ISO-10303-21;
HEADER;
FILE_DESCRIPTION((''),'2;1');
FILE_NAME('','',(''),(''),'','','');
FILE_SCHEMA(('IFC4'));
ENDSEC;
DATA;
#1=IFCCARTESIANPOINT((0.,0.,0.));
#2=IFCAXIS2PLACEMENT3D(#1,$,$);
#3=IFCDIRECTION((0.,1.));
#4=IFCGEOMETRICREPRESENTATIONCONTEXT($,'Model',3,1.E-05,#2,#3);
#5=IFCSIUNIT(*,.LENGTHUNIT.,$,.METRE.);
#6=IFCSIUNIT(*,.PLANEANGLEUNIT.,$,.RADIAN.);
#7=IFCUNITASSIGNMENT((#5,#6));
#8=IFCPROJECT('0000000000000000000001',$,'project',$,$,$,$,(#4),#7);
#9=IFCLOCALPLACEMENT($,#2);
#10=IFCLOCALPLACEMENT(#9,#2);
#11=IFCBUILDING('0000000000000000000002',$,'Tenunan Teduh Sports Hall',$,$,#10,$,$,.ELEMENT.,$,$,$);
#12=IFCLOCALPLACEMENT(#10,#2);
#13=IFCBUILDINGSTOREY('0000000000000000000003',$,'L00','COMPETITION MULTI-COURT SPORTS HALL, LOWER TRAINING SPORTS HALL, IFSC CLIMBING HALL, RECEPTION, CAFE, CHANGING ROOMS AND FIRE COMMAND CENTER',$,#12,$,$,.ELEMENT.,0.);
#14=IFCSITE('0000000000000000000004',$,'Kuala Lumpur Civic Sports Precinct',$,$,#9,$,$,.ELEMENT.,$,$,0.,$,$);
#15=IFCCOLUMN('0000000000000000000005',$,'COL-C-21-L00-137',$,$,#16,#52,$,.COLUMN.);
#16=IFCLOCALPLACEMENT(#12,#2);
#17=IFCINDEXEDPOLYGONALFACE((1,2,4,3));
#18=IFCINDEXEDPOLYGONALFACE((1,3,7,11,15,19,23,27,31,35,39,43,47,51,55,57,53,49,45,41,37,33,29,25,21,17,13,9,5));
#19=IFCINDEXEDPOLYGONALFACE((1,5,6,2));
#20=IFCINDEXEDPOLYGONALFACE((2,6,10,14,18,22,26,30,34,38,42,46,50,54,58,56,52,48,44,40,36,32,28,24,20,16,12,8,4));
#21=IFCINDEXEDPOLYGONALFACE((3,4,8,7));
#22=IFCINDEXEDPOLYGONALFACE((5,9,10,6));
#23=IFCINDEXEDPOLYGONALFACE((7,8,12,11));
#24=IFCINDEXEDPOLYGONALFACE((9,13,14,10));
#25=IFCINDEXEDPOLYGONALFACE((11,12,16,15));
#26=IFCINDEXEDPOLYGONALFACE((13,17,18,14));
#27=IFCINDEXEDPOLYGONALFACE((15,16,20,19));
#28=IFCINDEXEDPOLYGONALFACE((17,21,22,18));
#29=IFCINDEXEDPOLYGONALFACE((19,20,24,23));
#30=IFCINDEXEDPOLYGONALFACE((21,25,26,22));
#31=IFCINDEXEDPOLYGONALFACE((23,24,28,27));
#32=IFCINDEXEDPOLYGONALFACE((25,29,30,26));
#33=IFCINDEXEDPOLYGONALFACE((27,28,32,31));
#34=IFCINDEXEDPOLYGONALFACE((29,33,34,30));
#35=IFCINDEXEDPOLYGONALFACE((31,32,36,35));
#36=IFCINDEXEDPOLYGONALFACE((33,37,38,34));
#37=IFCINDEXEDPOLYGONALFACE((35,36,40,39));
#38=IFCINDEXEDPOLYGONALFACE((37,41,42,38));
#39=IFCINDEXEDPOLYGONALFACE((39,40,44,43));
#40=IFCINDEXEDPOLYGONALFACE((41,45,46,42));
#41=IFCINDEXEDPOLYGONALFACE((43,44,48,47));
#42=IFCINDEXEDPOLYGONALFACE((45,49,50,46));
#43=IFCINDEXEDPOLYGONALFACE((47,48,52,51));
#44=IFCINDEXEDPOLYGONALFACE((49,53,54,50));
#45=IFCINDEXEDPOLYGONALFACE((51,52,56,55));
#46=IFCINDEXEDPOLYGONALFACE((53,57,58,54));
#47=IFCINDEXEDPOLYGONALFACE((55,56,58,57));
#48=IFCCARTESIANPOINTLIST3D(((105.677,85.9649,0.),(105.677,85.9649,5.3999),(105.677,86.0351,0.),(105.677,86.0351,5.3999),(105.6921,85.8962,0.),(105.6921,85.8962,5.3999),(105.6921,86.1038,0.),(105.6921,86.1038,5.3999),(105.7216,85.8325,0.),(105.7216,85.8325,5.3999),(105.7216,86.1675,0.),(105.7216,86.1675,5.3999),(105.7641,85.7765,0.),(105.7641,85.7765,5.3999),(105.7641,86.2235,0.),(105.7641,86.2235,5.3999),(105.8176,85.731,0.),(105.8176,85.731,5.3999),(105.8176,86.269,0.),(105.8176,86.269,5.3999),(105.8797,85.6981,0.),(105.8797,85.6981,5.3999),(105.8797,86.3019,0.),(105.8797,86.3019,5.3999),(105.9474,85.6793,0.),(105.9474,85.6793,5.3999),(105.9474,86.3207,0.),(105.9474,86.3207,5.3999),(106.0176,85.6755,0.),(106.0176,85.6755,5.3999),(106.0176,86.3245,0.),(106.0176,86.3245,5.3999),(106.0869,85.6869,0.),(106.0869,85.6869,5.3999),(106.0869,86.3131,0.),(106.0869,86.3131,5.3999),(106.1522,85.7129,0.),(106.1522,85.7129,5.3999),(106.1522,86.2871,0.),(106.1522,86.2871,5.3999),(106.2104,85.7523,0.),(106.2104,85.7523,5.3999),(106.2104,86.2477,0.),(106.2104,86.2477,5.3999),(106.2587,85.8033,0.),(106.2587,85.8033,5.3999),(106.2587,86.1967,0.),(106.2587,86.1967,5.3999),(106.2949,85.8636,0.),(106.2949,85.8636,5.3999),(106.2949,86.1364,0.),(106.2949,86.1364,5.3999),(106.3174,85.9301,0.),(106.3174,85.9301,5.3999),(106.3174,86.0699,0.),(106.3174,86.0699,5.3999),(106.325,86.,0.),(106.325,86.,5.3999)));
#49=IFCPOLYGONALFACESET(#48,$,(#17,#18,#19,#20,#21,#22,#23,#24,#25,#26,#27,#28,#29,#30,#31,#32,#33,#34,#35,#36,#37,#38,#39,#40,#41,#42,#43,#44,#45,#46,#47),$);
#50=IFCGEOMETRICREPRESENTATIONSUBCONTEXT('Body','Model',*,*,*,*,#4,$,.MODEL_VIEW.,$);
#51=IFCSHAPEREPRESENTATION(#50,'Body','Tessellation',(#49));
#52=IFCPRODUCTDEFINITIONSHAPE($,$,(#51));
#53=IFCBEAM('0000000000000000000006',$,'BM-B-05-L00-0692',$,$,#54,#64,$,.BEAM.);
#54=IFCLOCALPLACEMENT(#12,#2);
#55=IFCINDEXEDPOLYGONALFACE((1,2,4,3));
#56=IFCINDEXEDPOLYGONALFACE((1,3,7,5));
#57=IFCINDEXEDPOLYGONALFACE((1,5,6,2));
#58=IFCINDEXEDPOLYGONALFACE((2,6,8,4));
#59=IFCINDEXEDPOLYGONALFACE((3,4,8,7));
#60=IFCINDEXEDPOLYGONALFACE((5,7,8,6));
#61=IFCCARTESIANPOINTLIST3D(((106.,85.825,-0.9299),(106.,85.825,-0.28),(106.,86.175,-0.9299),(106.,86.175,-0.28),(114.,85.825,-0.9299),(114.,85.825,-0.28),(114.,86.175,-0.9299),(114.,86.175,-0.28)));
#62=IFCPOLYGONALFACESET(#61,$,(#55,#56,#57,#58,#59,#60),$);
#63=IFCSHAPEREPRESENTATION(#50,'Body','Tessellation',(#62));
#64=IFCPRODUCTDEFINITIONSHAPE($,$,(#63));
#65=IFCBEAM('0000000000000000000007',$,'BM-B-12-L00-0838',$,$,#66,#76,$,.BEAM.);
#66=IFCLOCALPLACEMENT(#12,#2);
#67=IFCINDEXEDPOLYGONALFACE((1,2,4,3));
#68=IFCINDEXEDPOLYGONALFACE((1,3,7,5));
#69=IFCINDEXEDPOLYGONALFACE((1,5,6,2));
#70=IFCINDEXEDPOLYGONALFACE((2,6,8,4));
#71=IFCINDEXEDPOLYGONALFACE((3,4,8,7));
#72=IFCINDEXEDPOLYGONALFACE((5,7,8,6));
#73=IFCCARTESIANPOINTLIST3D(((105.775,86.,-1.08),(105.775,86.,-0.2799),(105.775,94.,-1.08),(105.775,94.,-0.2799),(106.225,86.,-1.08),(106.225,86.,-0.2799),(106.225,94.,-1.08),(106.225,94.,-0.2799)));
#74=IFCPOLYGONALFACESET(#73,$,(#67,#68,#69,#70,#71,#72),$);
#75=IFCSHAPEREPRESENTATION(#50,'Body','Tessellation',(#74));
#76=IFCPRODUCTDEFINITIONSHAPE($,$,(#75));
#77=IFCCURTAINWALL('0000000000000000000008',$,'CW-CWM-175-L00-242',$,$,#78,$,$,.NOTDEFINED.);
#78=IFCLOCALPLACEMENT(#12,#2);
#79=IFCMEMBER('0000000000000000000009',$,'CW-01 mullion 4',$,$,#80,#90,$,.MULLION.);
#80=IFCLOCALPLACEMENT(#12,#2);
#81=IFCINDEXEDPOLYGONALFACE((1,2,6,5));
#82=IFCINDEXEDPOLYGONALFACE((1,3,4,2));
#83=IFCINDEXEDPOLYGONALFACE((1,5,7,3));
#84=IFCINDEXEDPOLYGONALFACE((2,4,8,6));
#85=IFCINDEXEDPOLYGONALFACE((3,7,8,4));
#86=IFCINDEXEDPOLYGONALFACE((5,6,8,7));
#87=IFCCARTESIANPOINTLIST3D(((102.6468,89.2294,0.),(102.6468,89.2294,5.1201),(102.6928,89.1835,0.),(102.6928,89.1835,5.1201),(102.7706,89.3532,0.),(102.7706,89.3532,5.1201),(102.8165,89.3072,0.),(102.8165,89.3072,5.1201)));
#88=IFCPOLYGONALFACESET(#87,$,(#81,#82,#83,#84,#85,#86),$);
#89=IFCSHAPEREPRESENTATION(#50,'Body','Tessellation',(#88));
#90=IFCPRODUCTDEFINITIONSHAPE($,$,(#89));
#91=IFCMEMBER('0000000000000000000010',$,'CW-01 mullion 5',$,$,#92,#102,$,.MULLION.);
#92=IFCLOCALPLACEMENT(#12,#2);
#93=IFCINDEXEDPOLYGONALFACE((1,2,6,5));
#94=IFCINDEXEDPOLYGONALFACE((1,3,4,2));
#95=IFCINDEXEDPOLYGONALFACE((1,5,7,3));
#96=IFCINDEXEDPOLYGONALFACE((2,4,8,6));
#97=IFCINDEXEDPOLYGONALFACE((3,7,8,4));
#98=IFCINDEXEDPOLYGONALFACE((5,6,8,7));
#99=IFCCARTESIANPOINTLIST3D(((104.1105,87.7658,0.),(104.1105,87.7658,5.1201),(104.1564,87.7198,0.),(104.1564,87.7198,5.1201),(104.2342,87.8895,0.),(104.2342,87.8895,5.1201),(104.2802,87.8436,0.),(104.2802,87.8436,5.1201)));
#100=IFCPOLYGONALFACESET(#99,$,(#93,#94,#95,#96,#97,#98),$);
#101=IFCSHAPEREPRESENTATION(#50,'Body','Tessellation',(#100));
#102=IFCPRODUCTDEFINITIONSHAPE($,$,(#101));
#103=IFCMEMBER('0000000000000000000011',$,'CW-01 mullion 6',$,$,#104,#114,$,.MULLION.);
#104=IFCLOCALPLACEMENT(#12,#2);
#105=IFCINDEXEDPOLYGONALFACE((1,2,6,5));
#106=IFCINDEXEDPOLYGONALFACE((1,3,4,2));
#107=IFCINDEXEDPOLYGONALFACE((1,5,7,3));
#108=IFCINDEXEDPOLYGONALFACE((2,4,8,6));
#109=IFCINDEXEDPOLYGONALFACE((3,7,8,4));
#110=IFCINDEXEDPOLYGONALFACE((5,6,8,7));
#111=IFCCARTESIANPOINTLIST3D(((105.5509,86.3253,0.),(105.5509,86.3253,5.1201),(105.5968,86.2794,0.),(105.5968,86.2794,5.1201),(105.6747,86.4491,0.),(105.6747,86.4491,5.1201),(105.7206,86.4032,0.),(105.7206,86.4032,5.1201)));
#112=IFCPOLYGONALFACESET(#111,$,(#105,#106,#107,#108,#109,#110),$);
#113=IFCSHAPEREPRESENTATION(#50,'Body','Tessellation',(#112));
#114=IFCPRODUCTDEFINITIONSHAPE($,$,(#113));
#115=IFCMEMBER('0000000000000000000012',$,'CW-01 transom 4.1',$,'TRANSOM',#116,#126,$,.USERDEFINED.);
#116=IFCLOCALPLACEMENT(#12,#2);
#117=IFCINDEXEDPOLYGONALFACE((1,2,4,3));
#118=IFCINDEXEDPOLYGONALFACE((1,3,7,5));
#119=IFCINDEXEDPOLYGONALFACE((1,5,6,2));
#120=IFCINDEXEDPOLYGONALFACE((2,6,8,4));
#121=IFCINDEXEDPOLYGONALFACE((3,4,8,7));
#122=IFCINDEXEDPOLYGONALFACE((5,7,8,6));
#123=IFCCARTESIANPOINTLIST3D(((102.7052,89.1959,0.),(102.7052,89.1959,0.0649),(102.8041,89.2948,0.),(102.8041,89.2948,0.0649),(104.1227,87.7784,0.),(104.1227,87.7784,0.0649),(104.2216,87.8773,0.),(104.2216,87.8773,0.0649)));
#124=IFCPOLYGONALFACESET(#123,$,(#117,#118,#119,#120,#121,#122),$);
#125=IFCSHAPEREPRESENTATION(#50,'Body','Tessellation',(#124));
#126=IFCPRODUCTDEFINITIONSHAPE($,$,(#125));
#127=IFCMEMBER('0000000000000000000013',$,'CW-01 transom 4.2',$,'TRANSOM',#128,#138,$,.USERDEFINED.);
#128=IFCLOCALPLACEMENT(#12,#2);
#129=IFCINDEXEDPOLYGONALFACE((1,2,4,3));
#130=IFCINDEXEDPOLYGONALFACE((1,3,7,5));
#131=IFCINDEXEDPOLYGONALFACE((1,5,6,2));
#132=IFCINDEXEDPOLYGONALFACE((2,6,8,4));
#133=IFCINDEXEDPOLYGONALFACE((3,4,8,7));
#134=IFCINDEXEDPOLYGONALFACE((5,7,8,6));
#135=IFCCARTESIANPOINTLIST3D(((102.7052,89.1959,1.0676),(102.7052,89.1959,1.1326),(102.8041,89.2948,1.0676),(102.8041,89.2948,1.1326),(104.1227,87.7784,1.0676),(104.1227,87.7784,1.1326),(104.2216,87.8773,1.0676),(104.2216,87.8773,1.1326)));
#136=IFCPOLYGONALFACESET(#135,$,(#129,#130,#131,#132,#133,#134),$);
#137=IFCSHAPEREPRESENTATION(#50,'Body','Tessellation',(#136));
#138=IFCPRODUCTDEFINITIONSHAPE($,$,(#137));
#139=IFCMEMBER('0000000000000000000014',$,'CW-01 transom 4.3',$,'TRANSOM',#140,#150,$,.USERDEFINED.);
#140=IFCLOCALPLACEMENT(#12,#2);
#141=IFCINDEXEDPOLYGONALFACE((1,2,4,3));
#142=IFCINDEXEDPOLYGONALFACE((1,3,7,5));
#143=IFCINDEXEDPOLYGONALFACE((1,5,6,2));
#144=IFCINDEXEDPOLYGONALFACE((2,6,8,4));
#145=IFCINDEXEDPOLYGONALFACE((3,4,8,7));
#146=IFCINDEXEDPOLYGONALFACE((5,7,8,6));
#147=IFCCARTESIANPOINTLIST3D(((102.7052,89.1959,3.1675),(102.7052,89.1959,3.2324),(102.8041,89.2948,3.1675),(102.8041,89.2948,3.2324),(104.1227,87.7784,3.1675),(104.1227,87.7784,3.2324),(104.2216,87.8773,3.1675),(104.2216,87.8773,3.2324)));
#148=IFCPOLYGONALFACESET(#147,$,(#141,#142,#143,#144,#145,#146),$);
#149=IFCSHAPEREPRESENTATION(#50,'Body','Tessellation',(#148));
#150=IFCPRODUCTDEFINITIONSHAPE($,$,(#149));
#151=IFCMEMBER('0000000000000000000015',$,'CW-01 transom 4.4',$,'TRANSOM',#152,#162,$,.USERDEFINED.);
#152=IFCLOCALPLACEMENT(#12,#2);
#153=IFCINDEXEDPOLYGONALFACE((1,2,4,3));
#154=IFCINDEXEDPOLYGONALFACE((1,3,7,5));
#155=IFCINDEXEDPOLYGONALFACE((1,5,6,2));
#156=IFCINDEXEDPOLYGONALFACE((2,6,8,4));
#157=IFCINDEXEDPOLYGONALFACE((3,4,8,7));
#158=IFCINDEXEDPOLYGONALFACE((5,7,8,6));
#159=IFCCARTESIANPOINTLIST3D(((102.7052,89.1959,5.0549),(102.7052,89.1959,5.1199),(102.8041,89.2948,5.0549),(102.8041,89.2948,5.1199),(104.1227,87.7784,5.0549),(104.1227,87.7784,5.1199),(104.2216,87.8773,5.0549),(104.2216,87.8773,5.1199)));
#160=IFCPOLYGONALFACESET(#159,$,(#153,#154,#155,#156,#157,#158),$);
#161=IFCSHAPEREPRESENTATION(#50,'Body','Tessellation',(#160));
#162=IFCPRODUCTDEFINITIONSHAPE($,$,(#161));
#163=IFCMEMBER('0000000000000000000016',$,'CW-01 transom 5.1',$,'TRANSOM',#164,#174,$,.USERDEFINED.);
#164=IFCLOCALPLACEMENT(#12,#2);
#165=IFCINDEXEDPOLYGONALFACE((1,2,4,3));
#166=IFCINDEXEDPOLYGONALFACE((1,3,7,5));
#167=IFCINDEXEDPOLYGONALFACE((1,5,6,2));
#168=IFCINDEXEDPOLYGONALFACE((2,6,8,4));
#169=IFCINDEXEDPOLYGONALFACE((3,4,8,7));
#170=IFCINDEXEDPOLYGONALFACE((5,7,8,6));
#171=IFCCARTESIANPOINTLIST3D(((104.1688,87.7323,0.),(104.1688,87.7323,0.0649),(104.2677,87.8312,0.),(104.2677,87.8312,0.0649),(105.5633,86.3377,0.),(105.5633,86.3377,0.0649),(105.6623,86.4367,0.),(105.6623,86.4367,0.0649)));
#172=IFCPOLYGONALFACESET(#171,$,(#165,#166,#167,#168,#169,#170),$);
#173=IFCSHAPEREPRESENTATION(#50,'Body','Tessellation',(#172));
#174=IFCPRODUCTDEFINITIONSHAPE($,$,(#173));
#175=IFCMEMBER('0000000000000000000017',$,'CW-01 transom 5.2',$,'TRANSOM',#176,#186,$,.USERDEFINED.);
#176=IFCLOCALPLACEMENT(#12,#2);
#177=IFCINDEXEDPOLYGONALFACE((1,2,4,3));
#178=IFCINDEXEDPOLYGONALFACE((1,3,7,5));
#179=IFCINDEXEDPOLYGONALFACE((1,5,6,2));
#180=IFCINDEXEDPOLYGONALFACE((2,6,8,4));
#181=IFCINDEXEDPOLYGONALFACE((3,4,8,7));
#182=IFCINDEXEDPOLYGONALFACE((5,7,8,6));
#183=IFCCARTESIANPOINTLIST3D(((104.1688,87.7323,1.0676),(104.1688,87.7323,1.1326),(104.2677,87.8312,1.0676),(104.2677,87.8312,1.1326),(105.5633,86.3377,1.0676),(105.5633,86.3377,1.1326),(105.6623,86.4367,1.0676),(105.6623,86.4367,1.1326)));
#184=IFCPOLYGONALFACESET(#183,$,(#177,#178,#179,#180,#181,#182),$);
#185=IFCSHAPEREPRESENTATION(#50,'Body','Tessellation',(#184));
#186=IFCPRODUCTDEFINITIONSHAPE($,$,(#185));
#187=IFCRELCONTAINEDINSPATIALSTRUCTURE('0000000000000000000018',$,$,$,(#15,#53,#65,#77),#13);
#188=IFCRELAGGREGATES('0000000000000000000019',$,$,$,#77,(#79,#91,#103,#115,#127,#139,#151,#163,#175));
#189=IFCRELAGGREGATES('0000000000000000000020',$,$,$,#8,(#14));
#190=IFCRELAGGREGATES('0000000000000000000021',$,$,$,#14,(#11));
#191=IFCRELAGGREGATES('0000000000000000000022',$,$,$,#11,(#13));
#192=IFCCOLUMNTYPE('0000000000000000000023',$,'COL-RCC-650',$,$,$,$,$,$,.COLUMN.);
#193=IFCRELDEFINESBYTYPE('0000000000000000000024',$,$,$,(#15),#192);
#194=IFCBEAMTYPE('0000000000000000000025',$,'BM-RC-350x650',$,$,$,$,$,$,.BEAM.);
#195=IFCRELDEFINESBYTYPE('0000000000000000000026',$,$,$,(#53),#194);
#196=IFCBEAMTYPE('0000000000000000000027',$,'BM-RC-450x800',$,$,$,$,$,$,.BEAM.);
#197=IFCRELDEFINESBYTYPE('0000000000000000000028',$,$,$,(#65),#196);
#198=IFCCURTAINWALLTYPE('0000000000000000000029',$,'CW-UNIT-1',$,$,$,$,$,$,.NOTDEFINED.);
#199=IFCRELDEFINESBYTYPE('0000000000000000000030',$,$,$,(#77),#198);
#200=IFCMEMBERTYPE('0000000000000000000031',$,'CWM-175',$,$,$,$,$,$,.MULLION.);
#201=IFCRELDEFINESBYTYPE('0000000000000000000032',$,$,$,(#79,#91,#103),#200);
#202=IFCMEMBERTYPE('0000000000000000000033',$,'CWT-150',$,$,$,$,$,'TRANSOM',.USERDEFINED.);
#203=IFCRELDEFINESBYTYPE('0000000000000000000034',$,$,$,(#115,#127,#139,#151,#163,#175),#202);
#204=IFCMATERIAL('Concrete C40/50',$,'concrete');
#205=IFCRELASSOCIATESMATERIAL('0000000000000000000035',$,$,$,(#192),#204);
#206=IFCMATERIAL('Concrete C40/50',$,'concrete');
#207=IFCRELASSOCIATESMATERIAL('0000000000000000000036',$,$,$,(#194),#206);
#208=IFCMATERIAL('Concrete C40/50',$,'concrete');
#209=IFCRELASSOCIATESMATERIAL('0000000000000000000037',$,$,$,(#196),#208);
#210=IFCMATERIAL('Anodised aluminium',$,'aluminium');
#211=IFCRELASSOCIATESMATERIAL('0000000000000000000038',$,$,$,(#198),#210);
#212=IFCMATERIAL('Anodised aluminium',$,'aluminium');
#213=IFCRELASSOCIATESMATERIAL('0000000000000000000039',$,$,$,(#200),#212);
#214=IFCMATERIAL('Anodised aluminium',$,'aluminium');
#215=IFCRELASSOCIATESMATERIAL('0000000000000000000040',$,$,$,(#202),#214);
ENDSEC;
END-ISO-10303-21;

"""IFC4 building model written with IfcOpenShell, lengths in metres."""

from ifc_helpers import new_model, si_unit, direction, frame, origin, origin_2d, place, context, subcontext, project, spatial, rectangle, circle, extrude, material, material_profile, profile_set, type_object, element, aggregate, save


model = new_model("IFC4")

# Units and contexts
model_context = context("Model", 3, precision=1e-05, world=origin(), true_north=direction((0.0, 1.0)))
body_context = subcontext(model_context, "Body", "Model", "MODEL_VIEW")
ifc_project = project(units=[si_unit("LENGTHUNIT", "METRE"), si_unit("PLANEANGLEUNIT", "RADIAN")], contexts=[model_context])

# Site, building, storey
site_placement = place(None, origin())
site = spatial("IfcSite", under=ifc_project, at=site_placement, Name="Kuala Lumpur Civic Sports Precinct", CompositionType="ELEMENT", RefElevation=0.0)
building_placement = place(site_placement, origin())
building = spatial("IfcBuilding", under=site, at=building_placement, Name="Tenunan Teduh Sports Hall", CompositionType="ELEMENT")
storey_placement = place(building_placement, origin())
storey = spatial("IfcBuildingStorey", under=building, at=storey_placement, Name="L00", Description="COMPETITION MULTI-COURT SPORTS HALL, LOWER TRAINING SPORTS HALL, IFSC CLIMBING HALL, RECEPTION, CAFE, CHANGING ROOMS AND FIRE COMMAND CENTER", CompositionType="ELEMENT", Elevation=0.0)

# Column
ifc_material_1 = material(Name="Concrete C40/50", Category="concrete")
ifc_material_profile_1 = material_profile(ifc_material_1, circle(Radius=0.325, at=origin_2d()), Name="RCC D650")
ifc_profile_set_1 = profile_set([ifc_material_profile_1], Name="Concrete C40/50")
column_type = type_object("IfcColumnType", Name="COL-RCC-650", PredefinedType="COLUMN", material=ifc_profile_set_1)
column_placement = place(storey_placement, frame((106.0, 86.0, 0.0), z_axis=(0.0, 0.0, 1.0), x_axis=(1.0, 0.0, 0.0)))
element("IfcColumn", 1, at=column_placement, inside=storey, type_object=column_type, Name="COL-C-21-L00-137", PredefinedType="COLUMN", context=body_context, shape_type="SweptSolid", body=[
    extrude(circle(Radius=0.325, at=origin_2d()), origin(), (0.0, 0.0, 1.0), 5.3999),
])

# Beams
ifc_material_2 = material(Name="Concrete C40/50", Category="concrete")
ifc_material_profile_2 = material_profile(ifc_material_2, rectangle(XDim=0.3501, YDim=0.6499, at=origin_2d()), Name="RCB 350x650")
ifc_profile_set_2 = profile_set([ifc_material_profile_2], Name="Concrete C40/50")
beam_type_1 = type_object("IfcBeamType", Name="BM-RC-350x650", PredefinedType="BEAM", material=ifc_profile_set_2)
beam_1_placement = place(storey_placement, frame((106.0, 86.0, -0.605), z_axis=(1.0, 0.0, 0.0), x_axis=(0.0, 1.0, 0.0)))
element("IfcBeam", 2, at=beam_1_placement, inside=storey, type_object=beam_type_1, Name="BM-B-05-L00-0692", PredefinedType="BEAM", context=body_context, shape_type="SweptSolid", body=[
    extrude(rectangle(XDim=0.3501, YDim=0.6499, at=origin_2d()), origin(), (0.0, 0.0, 1.0), 8.0),
])
ifc_material_3 = material(Name="Concrete C40/50", Category="concrete")
ifc_material_profile_3 = material_profile(ifc_material_3, rectangle(XDim=0.45, YDim=0.8, at=origin_2d()), Name="RCB 450x800")
ifc_profile_set_3 = profile_set([ifc_material_profile_3], Name="Concrete C40/50")
beam_type_2 = type_object("IfcBeamType", Name="BM-RC-450x800", PredefinedType="BEAM", material=ifc_profile_set_3)
beam_2_placement = place(storey_placement, frame((106.0, 86.0, -0.6799), z_axis=(0.0, 1.0, 0.0), x_axis=(-1.0, 0.0, 0.0)))
element("IfcBeam", 3, at=beam_2_placement, inside=storey, type_object=beam_type_2, Name="BM-B-12-L00-0838", PredefinedType="BEAM", context=body_context, shape_type="SweptSolid", body=[
    extrude(rectangle(XDim=0.45, YDim=0.8, at=origin_2d()), origin(), (0.0, 0.0, 1.0), 8.0),
])

# Curtain wall, members
ifc_material_4 = material(Name="Anodised aluminium", Category="aluminium")
curtain_wall_type = type_object("IfcCurtainWallType", Name="CW-UNIT-1", PredefinedType="NOTDEFINED", material=ifc_material_4)
curtain_wall_placement = place(storey_placement, origin())
curtain_wall = element("IfcCurtainWall", 4, at=curtain_wall_placement, inside=storey, type_object=curtain_wall_type, Name="CW-CWM-175-L00-242", PredefinedType="NOTDEFINED")
ifc_material_5 = material(Name="Anodised aluminium", Category="aluminium")
ifc_material_profile_4 = material_profile(ifc_material_5, rectangle(XDim=0.0649, YDim=0.175, at=origin_2d()), Name="CWM 65x175")
ifc_profile_set_4 = profile_set([ifc_material_profile_4], Name="Anodised aluminium")
member_type_1 = type_object("IfcMemberType", Name="CWM-175", PredefinedType="MULLION", material=ifc_profile_set_4)
member_1_placement = place(storey_placement, frame((102.7317, 89.2683, 0.0), z_axis=(0.0, 0.0, 1.0), x_axis=(-0.707107, 0.707107, 0.0)))
member_1 = element("IfcMember", 5, at=member_1_placement, type_object=member_type_1, Name="CW-01 mullion 4", PredefinedType="MULLION", context=body_context, shape_type="SweptSolid", body=[
    extrude(rectangle(XDim=0.0649, YDim=0.175, at=origin_2d()), origin(), (0.0, 0.0, 1.0), 5.1201),
])
member_2_placement = place(storey_placement, frame((104.1953, 87.8047, 0.0), z_axis=(0.0, 0.0, 1.0), x_axis=(-0.707107, 0.707107, 0.0)))
member_2 = element("IfcMember", 6, at=member_2_placement, type_object=member_type_1, Name="CW-01 mullion 5", PredefinedType="MULLION", context=body_context, shape_type="SweptSolid", body=[
    extrude(rectangle(XDim=0.0649, YDim=0.175, at=origin_2d()), origin(), (0.0, 0.0, 1.0), 5.1201),
])
member_3_placement = place(storey_placement, frame((105.6357, 86.3643, 0.0), z_axis=(0.0, 0.0, 1.0), x_axis=(-0.707107, 0.707107, 0.0)))
member_3 = element("IfcMember", 7, at=member_3_placement, type_object=member_type_1, Name="CW-01 mullion 6", PredefinedType="MULLION", context=body_context, shape_type="SweptSolid", body=[
    extrude(rectangle(XDim=0.0649, YDim=0.175, at=origin_2d()), origin(), (0.0, 0.0, 1.0), 5.1201),
])
ifc_material_6 = material(Name="Anodised aluminium", Category="aluminium")
ifc_material_profile_5 = material_profile(ifc_material_6, rectangle(XDim=0.0649, YDim=0.1399, at=origin_2d()), Name="CWT 65x140")
ifc_profile_set_5 = profile_set([ifc_material_profile_5], Name="Anodised aluminium")
member_type_2 = type_object("IfcMemberType", Name="CWT-150", ElementType="TRANSOM", PredefinedType="USERDEFINED", material=ifc_profile_set_5)
member_4_placement = place(storey_placement, frame((102.7546, 89.2454, 0.0325), z_axis=(0.707107, -0.707107, 0.0), x_axis=(0.0, 0.0, 1.0)))
member_4 = element("IfcMember", 8, at=member_4_placement, type_object=member_type_2, Name="CW-01 transom 4.1", ObjectType="TRANSOM", PredefinedType="USERDEFINED", context=body_context, shape_type="SweptSolid", body=[
    extrude(rectangle(XDim=0.0649, YDim=0.1399, at=origin_2d()), origin(), (0.0, 0.0, 1.0), 2.0046),
])
member_5_placement = place(storey_placement, frame((102.7546, 89.2454, 1.1001), z_axis=(0.707107, -0.707107, 0.0), x_axis=(0.0, 0.0, 1.0)))
member_5 = element("IfcMember", 9, at=member_5_placement, type_object=member_type_2, Name="CW-01 transom 4.2", ObjectType="TRANSOM", PredefinedType="USERDEFINED", context=body_context, shape_type="SweptSolid", body=[
    extrude(rectangle(XDim=0.0649, YDim=0.1399, at=origin_2d()), origin(), (0.0, 0.0, 1.0), 2.0046),
])
member_6_placement = place(storey_placement, frame((102.7546, 89.2454, 3.2), z_axis=(0.707107, -0.707107, 0.0), x_axis=(0.0, 0.0, 1.0)))
member_6 = element("IfcMember", 10, at=member_6_placement, type_object=member_type_2, Name="CW-01 transom 4.3", ObjectType="TRANSOM", PredefinedType="USERDEFINED", context=body_context, shape_type="SweptSolid", body=[
    extrude(rectangle(XDim=0.0649, YDim=0.1399, at=origin_2d()), origin(), (0.0, 0.0, 1.0), 2.0046),
])
member_7_placement = place(storey_placement, frame((102.7546, 89.2454, 5.0874), z_axis=(0.707107, -0.707107, 0.0), x_axis=(0.0, 0.0, 1.0)))
member_7 = element("IfcMember", 11, at=member_7_placement, type_object=member_type_2, Name="CW-01 transom 4.4", ObjectType="TRANSOM", PredefinedType="USERDEFINED", context=body_context, shape_type="SweptSolid", body=[
    extrude(rectangle(XDim=0.0649, YDim=0.1399, at=origin_2d()), origin(), (0.0, 0.0, 1.0), 2.0046),
])
member_8_placement = place(storey_placement, frame((104.2183, 87.7817, 0.0325), z_axis=(0.707107, -0.707107, 0.0), x_axis=(0.0, 0.0, 1.0)))
member_8 = element("IfcMember", 12, at=member_8_placement, type_object=member_type_2, Name="CW-01 transom 5.1", ObjectType="TRANSOM", PredefinedType="USERDEFINED", context=body_context, shape_type="SweptSolid", body=[
    extrude(rectangle(XDim=0.0649, YDim=0.1399, at=origin_2d()), origin(), (0.0, 0.0, 1.0), 1.9722),
])
member_9_placement = place(storey_placement, frame((104.2183, 87.7817, 1.1001), z_axis=(0.707107, -0.707107, 0.0), x_axis=(0.0, 0.0, 1.0)))
member_9 = element("IfcMember", 13, at=member_9_placement, type_object=member_type_2, Name="CW-01 transom 5.2", ObjectType="TRANSOM", PredefinedType="USERDEFINED", context=body_context, shape_type="SweptSolid", body=[
    extrude(rectangle(XDim=0.0649, YDim=0.1399, at=origin_2d()), origin(), (0.0, 0.0, 1.0), 1.9722),
])

aggregate(curtain_wall, [member_1, member_2, member_3, member_4, member_5, member_6, member_7, member_8, member_9])

save(model, "model.ifc")
